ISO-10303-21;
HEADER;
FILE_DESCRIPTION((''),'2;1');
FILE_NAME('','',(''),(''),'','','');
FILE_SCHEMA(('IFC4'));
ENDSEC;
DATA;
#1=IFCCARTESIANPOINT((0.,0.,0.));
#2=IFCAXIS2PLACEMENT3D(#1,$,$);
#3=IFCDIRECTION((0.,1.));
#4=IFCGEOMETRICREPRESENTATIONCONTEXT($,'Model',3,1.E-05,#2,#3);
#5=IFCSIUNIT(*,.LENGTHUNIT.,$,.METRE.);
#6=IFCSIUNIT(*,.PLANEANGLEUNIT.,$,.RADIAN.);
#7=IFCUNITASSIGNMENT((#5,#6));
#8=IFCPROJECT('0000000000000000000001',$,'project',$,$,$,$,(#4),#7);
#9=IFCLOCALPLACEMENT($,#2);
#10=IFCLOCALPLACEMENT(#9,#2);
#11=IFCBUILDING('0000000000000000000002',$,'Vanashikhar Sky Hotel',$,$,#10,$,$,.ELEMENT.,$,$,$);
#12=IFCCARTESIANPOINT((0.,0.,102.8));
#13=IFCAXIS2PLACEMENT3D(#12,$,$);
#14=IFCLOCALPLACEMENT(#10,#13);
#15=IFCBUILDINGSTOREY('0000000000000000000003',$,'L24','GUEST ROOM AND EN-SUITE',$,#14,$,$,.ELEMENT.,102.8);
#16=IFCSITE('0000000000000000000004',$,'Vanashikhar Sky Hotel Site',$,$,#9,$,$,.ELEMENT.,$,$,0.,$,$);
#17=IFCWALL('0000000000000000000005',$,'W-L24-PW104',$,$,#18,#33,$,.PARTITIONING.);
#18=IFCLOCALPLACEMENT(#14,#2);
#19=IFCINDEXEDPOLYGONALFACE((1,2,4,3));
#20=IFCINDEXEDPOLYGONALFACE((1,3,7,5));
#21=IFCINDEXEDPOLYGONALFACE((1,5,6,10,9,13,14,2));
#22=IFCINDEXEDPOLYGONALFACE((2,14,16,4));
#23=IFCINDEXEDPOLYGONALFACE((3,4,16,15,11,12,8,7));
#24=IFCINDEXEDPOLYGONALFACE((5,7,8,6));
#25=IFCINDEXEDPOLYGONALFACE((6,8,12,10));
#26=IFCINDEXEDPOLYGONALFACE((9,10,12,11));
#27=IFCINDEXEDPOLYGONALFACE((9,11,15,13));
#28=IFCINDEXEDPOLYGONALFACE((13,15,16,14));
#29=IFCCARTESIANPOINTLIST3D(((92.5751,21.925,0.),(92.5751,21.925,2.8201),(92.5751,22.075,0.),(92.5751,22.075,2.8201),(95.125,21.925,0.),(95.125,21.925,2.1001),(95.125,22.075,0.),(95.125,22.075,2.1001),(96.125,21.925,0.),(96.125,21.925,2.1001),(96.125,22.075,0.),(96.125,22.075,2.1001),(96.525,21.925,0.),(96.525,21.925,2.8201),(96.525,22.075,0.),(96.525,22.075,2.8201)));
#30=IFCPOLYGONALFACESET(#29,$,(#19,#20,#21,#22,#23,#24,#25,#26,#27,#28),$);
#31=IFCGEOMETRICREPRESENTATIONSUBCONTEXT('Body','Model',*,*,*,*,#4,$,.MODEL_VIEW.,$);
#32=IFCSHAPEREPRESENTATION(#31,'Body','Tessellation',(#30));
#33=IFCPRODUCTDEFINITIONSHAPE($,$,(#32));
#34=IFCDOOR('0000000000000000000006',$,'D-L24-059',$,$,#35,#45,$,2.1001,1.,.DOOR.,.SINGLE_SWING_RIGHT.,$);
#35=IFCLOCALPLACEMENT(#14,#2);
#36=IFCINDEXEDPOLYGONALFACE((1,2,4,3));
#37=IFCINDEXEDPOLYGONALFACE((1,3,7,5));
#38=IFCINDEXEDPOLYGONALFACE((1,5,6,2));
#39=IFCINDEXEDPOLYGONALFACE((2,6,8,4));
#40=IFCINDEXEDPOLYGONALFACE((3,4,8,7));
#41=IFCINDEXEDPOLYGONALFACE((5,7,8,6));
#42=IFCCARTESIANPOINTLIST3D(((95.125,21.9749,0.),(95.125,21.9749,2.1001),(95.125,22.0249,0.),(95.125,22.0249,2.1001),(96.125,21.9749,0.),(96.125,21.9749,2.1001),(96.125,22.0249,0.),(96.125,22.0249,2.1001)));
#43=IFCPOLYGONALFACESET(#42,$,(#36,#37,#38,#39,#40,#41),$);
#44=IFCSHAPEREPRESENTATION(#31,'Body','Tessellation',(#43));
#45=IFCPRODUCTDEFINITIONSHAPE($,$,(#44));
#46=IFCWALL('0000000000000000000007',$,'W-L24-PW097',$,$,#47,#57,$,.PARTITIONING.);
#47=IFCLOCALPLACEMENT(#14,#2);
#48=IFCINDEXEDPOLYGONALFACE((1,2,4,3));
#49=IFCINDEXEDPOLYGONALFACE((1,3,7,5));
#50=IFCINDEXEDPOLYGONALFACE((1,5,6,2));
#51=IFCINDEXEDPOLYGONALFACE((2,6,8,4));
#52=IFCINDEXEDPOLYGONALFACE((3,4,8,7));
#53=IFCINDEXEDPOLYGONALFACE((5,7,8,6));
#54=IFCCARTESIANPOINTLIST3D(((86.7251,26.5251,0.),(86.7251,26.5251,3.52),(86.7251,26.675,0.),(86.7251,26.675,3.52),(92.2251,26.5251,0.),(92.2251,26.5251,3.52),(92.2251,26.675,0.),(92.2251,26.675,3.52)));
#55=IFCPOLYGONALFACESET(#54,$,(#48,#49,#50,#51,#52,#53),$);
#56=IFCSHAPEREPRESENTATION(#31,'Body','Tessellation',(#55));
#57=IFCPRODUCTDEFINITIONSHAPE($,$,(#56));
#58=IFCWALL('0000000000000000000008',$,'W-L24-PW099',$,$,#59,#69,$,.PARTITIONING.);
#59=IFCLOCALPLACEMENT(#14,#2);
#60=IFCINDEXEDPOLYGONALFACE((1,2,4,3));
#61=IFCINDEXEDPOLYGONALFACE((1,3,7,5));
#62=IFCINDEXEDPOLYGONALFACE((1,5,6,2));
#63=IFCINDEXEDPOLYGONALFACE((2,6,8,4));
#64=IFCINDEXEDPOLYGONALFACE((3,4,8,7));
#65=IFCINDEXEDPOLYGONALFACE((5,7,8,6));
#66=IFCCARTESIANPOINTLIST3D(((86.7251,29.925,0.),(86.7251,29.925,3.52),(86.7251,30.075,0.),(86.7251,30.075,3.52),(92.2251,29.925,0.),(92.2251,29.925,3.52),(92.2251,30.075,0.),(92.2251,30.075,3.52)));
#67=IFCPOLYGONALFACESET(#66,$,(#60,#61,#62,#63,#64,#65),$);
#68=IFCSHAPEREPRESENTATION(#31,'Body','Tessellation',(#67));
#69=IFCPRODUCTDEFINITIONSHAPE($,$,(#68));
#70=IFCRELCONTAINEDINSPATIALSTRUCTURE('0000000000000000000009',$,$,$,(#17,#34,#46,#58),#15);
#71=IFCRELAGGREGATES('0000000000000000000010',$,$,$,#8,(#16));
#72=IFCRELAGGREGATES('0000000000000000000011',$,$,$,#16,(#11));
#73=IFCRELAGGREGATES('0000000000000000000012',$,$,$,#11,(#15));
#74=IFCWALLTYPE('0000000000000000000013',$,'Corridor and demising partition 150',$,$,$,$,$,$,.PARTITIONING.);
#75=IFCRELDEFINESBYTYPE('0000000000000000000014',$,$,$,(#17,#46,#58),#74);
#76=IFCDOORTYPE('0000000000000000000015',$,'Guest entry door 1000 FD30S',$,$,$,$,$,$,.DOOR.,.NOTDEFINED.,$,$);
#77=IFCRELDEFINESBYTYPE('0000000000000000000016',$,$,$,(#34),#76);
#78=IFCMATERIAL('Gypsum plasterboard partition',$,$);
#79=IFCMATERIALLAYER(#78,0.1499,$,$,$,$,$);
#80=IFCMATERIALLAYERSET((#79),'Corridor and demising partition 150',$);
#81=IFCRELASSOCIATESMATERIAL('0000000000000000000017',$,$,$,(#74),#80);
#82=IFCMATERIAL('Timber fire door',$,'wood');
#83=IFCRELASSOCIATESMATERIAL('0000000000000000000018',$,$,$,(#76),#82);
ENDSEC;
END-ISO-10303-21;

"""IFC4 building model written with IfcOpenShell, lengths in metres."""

from ifc_helpers import new_model, si_unit, direction, frame, frame_2d, origin, place, context, subcontext, project, spatial, rectangle, extrude, source, transform, mapped, material, layer, layer_set, type_object, element, fill, save


model = new_model("IFC4")

# Units and contexts
model_context = context("Model", 3, precision=1e-05, world=origin(), true_north=direction((0.0, 1.0)))
body_context = subcontext(model_context, "Body", "Model", "MODEL_VIEW")
ifc_project = project(units=[si_unit("LENGTHUNIT", "METRE"), si_unit("PLANEANGLEUNIT", "RADIAN")], contexts=[model_context])

# Site, building, storey
site_placement = place(None, origin())
site = spatial("IfcSite", under=ifc_project, at=site_placement, Name="Vanashikhar Sky Hotel Site", CompositionType="ELEMENT", RefElevation=0.0)
building_placement = place(site_placement, origin())
building = spatial("IfcBuilding", under=site, at=building_placement, Name="Vanashikhar Sky Hotel", CompositionType="ELEMENT")
storey_placement = place(building_placement, frame((0.0, 0.0, 102.8)))
storey = spatial("IfcBuildingStorey", under=building, at=storey_placement, Name="L24", Description="GUEST ROOM AND EN-SUITE", CompositionType="ELEMENT", Elevation=102.8)

# Shared definitions
ifc_material_1 = material(Name="Gypsum plasterboard partition")
ifc_layer_1 = layer(ifc_material_1, 0.1499)
ifc_layer_set_1 = layer_set([ifc_layer_1], Name="Corridor and demising partition 150")
wall_type_1 = type_object("IfcWallType", Name="Corridor and demising partition 150", PredefinedType="PARTITIONING", material=ifc_layer_set_1)
shared_shape_1 = source(origin(), body_context, "Body", "SweptSolid", [
    extrude(rectangle(XDim=1.0, YDim=2.1001, at=frame_2d((0.5, 1.05))), frame((0.0, 0.085, 0.0), z_axis=(0.0, -1.0, 0.0), x_axis=(1.0, 0.0, 0.0)), (0.0, 0.0, 1.0), 0.1699),
])
ifc_material_2 = material(Name="Timber fire door", Category="wood")
door_type_1 = type_object("IfcDoorType", Name="Guest entry door 1000 FD30S", OperationType="NOTDEFINED", PredefinedType="DOOR", material=ifc_material_2)
shared_shape_2 = source(origin(), body_context, "Body", "SweptSolid", [
    extrude(rectangle(XDim=1.0, YDim=2.1001, at=frame_2d((0.5, 1.05))), frame((0.0, 0.0249, 0.0), z_axis=(0.0, -1.0, 0.0), x_axis=(1.0, 0.0, 0.0)), (0.0, 0.0, 1.0), 0.05),
])

# Wall, opening, door
shared_shape_3 = source(origin(), body_context, "Body", "SweptSolid", [
    extrude(rectangle(XDim=3.95, YDim=0.1499, at=frame_2d((1.9751, 0.0))), origin(), (0.0, 0.0, 1.0), 2.8201),
])
wall_1_placement = place(storey_placement, frame((92.575, 22.0, 0.0), z_axis=(0.0, 0.0, 1.0), x_axis=(1.0, 0.0, 0.0)))
wall_1 = element("IfcWall", 1, at=wall_1_placement, inside=storey, type_object=wall_type_1, Name="W-L24-PW104", PredefinedType="PARTITIONING", context=body_context, shape_type="MappedRepresentation", body=[
    mapped(shared_shape_3, transform((0.0, 0.0, 0.0), scale=1.0)),
])
opening_1_placement = place(wall_1_placement, frame((2.55, 0.0, 0.0)))
opening_1 = element("IfcOpeningElement", 2, at=opening_1_placement, cuts=wall_1, PredefinedType="OPENING", context=body_context, shape_type="MappedRepresentation", body=[
    mapped(shared_shape_1, transform((0.0, 0.0, 0.0), scale=1.0)),
])
door_1_placement = place(opening_1_placement, origin())
door_1 = element("IfcDoor", 3, at=door_1_placement, inside=storey, type_object=door_type_1, Name="D-L24-059", OperationType="SINGLE_SWING_RIGHT", OverallHeight=2.1001, OverallWidth=1.0, PredefinedType="DOOR", context=body_context, shape_type="MappedRepresentation", body=[
    mapped(shared_shape_2, transform((0.0, 0.0, 0.0), scale=1.0)),
])
fill(opening_1, door_1)

# Walls
shared_shape_4 = source(origin(), body_context, "Body", "SweptSolid", [
    extrude(rectangle(XDim=5.5, YDim=0.1499, at=frame_2d((2.75, 0.0))), origin(), (0.0, 0.0, 1.0), 3.52),
])
for number, where, z_axis, x_axis, name in (
    (4, (86.7251, 26.6001, 0.0), (0.0, 0.0, 1.0), (1.0, 0.0, 0.0), "W-L24-PW097"),
    (5, (86.7251, 30.0, 0.0), (0.0, 0.0, 1.0), (1.0, 0.0, 0.0), "W-L24-PW099"),
):
    element("IfcWall", number, at=place(storey_placement, frame(where, z_axis=z_axis, x_axis=x_axis)), inside=storey, type_object=wall_type_1, Name=name, PredefinedType="PARTITIONING", context=body_context, shape_type="MappedRepresentation", body=[
        mapped(shared_shape_4, transform((0.0, 0.0, 0.0), scale=1.0)),
    ])

save(model, "model.ifc")
